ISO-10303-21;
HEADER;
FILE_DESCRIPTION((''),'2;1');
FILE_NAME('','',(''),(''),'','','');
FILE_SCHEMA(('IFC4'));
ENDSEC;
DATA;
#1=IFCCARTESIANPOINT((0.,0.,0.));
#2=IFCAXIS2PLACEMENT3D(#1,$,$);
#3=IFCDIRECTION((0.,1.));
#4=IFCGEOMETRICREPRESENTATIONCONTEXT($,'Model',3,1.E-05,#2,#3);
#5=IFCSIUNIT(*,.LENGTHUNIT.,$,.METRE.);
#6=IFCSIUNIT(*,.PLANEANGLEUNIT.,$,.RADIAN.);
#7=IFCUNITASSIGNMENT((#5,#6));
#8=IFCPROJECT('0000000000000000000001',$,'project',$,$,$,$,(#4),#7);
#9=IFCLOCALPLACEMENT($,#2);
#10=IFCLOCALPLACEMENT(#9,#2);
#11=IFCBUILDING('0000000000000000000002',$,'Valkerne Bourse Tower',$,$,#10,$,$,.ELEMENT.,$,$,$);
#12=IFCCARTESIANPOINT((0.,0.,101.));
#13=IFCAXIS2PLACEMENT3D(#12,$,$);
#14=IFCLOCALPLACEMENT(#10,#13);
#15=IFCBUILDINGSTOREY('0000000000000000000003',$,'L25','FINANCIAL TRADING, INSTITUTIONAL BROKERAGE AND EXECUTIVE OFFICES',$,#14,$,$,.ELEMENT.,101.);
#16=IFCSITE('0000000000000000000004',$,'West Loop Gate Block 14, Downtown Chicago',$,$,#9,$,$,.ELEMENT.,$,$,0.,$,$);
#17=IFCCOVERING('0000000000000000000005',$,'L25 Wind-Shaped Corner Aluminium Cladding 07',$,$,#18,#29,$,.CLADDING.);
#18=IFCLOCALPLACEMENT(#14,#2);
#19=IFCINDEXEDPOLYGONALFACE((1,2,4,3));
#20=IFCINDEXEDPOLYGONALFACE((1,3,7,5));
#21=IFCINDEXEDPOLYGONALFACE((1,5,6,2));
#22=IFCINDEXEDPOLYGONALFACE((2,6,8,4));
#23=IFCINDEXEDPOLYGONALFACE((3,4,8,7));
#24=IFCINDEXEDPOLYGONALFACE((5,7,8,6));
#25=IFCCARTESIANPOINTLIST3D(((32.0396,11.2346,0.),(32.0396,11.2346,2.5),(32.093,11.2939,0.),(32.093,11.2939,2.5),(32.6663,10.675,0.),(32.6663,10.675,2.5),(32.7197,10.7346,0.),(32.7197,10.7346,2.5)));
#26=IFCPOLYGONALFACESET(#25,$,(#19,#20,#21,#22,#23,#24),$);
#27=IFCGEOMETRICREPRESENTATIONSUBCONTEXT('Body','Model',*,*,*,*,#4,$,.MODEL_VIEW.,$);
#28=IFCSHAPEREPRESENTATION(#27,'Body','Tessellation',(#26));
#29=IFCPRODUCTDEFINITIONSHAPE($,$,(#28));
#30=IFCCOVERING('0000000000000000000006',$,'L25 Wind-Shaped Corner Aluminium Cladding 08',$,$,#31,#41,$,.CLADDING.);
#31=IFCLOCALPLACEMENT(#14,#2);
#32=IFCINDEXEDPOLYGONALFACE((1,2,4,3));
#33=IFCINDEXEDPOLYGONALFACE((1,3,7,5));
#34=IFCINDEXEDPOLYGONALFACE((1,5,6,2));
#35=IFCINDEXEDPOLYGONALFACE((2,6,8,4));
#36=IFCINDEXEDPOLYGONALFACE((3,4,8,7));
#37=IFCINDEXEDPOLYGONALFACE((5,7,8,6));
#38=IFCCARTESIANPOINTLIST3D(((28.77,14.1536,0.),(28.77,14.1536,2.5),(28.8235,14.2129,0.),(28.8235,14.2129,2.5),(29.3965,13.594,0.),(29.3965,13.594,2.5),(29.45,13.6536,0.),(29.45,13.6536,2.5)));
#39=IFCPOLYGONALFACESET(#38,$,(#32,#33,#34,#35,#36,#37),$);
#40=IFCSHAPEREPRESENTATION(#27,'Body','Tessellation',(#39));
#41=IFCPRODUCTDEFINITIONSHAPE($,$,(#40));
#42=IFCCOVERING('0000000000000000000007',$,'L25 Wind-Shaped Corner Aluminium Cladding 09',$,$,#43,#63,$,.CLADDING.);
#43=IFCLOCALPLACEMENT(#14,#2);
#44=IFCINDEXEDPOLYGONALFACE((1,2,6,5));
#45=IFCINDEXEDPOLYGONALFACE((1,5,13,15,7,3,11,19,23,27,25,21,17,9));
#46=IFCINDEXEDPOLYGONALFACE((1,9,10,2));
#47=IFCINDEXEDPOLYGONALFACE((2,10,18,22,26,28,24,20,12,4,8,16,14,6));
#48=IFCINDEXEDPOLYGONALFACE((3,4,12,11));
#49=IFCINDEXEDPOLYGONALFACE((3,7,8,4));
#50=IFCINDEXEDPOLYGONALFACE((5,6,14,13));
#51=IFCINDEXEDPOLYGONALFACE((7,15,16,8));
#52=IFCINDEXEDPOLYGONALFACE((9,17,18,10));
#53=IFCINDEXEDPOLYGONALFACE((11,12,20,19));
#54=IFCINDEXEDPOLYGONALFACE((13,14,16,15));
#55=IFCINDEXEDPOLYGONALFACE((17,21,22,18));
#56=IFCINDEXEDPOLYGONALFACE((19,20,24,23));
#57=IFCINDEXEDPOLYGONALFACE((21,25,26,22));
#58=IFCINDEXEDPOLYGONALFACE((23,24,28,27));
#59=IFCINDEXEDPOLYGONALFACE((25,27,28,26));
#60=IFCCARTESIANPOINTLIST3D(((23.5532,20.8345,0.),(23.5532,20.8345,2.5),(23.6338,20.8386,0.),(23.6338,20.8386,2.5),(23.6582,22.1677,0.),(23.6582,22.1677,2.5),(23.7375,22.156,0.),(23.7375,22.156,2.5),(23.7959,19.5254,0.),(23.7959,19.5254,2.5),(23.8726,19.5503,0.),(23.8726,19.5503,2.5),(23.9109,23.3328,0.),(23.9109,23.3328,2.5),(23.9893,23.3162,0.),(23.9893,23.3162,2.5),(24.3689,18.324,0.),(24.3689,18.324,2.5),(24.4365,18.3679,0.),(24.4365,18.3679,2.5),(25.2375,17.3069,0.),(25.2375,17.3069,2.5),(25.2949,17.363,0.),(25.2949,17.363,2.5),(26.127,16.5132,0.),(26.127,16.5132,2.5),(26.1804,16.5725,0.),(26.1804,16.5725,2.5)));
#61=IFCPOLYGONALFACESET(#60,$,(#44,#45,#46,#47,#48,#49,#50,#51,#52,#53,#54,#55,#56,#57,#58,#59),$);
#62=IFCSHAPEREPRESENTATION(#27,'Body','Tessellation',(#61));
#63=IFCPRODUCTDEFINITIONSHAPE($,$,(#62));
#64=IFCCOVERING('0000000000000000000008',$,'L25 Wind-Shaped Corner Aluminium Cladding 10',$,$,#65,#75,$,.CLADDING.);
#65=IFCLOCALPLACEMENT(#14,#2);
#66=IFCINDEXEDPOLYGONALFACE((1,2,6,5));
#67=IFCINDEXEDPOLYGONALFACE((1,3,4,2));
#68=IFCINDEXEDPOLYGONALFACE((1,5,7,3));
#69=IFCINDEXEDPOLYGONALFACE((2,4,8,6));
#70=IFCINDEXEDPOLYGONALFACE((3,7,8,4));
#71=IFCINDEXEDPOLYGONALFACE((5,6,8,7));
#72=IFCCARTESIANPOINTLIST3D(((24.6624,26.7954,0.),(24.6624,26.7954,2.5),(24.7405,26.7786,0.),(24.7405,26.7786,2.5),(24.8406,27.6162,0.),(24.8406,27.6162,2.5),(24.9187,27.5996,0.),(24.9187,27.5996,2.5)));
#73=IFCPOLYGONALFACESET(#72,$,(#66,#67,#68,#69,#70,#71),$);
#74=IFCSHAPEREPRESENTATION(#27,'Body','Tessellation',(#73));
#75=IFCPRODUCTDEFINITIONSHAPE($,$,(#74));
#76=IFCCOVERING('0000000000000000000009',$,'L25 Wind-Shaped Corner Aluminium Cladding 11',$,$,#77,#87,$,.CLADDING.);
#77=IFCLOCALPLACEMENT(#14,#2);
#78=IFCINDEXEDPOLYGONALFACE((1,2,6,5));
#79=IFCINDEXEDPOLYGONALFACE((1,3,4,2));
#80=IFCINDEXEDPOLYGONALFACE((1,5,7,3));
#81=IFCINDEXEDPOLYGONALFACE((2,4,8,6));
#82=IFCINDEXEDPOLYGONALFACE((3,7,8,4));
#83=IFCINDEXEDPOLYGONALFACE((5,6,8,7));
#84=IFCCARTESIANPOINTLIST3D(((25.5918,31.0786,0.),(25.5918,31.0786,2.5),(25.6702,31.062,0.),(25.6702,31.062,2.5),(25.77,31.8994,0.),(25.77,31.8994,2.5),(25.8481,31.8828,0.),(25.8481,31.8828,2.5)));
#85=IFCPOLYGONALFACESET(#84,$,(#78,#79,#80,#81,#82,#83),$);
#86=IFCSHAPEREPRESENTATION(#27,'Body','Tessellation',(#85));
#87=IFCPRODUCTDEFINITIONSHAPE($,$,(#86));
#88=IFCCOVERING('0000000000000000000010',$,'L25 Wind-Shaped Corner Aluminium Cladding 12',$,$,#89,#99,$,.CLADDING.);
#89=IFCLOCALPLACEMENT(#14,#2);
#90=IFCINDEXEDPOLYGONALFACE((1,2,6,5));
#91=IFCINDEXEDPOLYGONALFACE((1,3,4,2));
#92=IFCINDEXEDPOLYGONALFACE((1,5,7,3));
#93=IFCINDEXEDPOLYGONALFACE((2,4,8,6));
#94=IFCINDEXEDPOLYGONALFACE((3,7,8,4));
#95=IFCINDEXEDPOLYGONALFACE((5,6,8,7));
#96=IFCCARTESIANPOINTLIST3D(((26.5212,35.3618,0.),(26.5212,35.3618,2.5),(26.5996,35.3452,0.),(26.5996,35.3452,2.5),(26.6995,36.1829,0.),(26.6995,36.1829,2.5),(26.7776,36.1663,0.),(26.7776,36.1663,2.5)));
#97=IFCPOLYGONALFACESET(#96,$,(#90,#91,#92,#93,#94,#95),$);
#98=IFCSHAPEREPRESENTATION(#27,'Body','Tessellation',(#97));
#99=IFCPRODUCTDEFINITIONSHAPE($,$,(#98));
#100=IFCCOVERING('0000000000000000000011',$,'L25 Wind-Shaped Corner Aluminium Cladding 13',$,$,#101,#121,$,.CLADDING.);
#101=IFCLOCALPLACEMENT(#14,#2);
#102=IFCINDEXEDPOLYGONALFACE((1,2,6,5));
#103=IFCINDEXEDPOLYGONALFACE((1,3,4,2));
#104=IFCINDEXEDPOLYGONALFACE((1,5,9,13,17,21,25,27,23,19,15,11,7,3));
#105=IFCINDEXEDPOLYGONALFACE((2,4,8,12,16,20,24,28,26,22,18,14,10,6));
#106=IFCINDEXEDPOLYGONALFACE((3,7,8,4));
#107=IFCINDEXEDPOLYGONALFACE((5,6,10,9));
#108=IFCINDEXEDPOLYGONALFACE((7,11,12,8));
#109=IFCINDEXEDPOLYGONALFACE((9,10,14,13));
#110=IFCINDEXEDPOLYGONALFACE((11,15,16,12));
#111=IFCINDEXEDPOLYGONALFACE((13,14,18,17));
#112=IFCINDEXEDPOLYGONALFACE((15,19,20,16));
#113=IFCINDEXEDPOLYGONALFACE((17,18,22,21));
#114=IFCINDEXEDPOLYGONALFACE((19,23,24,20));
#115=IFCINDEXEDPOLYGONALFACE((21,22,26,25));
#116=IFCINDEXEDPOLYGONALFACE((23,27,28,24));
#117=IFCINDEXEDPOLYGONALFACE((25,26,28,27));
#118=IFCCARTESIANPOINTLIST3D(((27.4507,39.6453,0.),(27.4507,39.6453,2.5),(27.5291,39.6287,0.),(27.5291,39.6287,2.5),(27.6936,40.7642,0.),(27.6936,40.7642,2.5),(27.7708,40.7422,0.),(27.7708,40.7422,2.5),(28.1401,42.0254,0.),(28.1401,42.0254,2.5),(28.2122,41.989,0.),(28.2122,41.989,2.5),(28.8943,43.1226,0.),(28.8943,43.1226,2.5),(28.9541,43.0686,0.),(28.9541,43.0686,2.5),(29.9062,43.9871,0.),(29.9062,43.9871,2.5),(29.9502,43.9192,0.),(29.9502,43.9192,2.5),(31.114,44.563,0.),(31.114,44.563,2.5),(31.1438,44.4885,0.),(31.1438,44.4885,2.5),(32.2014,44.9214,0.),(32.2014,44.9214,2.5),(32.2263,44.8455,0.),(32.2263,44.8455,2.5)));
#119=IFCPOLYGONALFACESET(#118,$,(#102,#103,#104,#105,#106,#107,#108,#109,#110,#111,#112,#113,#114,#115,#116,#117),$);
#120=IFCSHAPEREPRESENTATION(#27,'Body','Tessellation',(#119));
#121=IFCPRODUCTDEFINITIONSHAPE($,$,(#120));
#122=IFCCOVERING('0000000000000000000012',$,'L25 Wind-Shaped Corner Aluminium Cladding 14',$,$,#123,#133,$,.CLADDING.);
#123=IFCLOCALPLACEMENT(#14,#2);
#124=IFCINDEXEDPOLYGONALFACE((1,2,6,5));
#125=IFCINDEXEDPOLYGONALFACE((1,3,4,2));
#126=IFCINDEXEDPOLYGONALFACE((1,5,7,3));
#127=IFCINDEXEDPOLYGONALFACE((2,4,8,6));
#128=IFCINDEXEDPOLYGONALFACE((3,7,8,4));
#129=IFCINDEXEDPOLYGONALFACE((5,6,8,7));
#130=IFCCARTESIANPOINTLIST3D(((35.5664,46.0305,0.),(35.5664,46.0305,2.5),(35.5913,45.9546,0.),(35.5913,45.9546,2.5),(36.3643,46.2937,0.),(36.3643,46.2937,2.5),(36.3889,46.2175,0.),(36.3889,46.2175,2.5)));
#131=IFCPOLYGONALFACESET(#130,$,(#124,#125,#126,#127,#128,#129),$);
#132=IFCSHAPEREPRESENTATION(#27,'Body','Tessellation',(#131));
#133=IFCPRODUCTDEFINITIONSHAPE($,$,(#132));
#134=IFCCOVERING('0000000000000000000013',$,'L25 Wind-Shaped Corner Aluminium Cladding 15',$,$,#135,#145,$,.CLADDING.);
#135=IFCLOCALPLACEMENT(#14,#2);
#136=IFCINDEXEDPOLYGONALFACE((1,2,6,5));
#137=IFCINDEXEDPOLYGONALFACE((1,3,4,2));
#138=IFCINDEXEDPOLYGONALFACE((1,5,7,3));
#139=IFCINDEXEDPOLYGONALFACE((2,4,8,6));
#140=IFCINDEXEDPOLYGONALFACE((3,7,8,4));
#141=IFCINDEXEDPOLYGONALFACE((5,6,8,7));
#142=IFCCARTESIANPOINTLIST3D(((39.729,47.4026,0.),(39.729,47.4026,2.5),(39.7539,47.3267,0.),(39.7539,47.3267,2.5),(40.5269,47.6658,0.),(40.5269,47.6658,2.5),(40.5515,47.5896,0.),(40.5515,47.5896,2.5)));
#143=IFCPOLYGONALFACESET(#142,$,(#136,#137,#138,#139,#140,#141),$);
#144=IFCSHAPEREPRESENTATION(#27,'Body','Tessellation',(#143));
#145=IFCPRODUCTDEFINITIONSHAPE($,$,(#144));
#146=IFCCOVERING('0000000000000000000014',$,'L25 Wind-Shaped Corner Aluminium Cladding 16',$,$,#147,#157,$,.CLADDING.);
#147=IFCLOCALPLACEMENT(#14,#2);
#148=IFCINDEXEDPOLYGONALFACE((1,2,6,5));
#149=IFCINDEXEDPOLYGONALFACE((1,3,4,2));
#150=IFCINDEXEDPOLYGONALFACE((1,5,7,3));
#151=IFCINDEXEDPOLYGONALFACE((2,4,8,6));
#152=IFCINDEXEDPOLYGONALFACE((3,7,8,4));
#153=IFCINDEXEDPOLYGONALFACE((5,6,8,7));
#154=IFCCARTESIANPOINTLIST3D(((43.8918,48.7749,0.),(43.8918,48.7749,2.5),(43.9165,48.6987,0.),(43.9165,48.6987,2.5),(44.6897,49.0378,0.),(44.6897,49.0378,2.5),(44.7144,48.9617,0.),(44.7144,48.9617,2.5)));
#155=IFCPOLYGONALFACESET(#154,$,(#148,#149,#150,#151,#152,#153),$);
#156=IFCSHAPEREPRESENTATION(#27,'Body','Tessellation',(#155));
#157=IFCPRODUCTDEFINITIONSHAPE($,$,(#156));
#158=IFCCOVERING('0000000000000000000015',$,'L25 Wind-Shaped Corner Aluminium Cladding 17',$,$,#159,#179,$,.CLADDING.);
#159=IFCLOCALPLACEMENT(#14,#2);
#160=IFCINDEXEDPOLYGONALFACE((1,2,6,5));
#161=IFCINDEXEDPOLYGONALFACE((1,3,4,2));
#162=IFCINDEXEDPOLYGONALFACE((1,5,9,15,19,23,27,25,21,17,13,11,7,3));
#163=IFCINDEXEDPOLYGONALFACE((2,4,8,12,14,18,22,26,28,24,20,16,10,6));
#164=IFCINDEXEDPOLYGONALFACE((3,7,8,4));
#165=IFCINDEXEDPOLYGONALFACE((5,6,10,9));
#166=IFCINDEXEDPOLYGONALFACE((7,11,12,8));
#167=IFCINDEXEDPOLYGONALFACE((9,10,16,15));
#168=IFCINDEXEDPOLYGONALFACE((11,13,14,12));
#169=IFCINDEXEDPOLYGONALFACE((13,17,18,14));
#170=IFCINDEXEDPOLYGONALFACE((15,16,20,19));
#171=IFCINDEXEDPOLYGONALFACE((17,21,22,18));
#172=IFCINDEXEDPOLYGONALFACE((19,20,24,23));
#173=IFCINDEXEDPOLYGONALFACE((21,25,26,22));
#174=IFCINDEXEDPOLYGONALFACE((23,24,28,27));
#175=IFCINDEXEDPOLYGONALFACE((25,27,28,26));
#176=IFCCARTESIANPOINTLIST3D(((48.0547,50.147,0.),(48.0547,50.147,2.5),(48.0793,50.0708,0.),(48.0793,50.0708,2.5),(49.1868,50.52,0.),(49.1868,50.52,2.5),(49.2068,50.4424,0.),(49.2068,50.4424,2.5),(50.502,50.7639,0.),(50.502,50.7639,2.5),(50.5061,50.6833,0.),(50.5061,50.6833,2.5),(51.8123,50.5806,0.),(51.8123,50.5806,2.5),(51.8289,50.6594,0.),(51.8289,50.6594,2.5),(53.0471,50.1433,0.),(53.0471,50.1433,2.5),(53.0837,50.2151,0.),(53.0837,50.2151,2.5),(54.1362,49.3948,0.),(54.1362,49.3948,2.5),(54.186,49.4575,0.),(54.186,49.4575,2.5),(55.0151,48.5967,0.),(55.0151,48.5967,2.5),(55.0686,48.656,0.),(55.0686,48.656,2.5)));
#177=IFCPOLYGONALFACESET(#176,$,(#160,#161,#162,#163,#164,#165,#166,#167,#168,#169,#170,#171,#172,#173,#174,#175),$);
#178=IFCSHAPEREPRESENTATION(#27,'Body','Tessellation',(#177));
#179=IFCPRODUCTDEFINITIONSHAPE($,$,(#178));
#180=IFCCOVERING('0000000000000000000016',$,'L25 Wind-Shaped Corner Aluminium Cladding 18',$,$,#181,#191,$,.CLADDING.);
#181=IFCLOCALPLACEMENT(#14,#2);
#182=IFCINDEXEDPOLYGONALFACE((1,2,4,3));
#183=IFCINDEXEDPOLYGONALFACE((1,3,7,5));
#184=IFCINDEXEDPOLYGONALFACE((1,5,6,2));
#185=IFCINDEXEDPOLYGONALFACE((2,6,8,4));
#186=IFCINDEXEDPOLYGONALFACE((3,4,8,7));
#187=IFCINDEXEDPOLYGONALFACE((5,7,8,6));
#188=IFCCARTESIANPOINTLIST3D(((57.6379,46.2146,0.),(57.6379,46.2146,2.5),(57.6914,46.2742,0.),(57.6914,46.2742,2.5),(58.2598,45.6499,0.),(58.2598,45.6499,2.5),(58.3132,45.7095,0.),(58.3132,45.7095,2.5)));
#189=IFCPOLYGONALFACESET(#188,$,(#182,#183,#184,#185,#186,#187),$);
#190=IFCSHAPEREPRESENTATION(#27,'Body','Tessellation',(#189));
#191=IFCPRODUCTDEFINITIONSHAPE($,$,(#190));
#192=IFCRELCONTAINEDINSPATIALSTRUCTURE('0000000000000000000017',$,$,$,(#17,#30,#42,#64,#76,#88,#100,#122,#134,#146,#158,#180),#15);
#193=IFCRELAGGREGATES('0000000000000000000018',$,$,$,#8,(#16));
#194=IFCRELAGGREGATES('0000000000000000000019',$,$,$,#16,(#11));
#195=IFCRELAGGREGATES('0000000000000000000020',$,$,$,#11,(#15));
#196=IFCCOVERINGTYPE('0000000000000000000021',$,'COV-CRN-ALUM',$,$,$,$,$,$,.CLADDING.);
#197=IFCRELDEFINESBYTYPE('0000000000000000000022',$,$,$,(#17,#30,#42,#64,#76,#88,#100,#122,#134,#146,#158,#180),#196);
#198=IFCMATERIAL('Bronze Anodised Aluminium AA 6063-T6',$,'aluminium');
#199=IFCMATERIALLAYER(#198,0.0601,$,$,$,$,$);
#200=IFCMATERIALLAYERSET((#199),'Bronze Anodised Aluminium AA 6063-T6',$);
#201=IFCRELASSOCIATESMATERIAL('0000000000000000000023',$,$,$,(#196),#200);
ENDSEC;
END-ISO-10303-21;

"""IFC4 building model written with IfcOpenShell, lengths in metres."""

from ifc_helpers import new_model, si_unit, direction, frame, origin, place, context, subcontext, project, spatial, polyline, outline, extrude, material, layer, layer_set, type_object, element, save


model = new_model("IFC4")

# Units and contexts
model_context = context("Model", 3, precision=1e-05, world=origin(), true_north=direction((0.0, 1.0)))
body_context = subcontext(model_context, "Body", "Model", "MODEL_VIEW")
ifc_project = project(units=[si_unit("LENGTHUNIT", "METRE"), si_unit("PLANEANGLEUNIT", "RADIAN")], contexts=[model_context])

# Site, building, storey
site_placement = place(None, origin())
site = spatial("IfcSite", under=ifc_project, at=site_placement, Name="West Loop Gate Block 14, Downtown Chicago", CompositionType="ELEMENT", RefElevation=0.0)
building_placement = place(site_placement, origin())
building = spatial("IfcBuilding", under=site, at=building_placement, Name="Valkerne Bourse Tower", CompositionType="ELEMENT")
storey_placement = place(building_placement, frame((0.0, 0.0, 101.0)))
storey = spatial("IfcBuildingStorey", under=building, at=storey_placement, Name="L25", Description="FINANCIAL TRADING, INSTITUTIONAL BROKERAGE AND EXECUTIVE OFFICES", CompositionType="ELEMENT", Elevation=101.0)

# Coverings
ifc_material_1 = material(Name="Bronze Anodised Aluminium AA 6063-T6", Category="aluminium")
ifc_layer_1 = layer(ifc_material_1, 0.0601)
ifc_layer_set_1 = layer_set([ifc_layer_1], Name="Bronze Anodised Aluminium AA 6063-T6")
covering_type = type_object("IfcCoveringType", Name="COV-CRN-ALUM", PredefinedType="CLADDING", material=ifc_layer_set_1)
covering_1_placement = place(storey_placement, origin())
element("IfcCovering", 1, at=covering_1_placement, inside=storey, type_object=covering_type, Name="L25 Wind-Shaped Corner Aluminium Cladding 07", PredefinedType="CLADDING", context=body_context, shape_type="SweptSolid", body=[
    extrude(outline(polyline([(32.0396, 11.2346), (32.093, 11.2939), (32.7197, 10.7346), (32.6663, 10.675), (32.0396, 11.2346)])), origin(), (0.0, 0.0, 1.0), 2.5),
])
covering_2_placement = place(storey_placement, origin())
element("IfcCovering", 2, at=covering_2_placement, inside=storey, type_object=covering_type, Name="L25 Wind-Shaped Corner Aluminium Cladding 08", PredefinedType="CLADDING", context=body_context, shape_type="SweptSolid", body=[
    extrude(outline(polyline([(28.77, 14.1536), (28.8235, 14.2129), (29.45, 13.6536), (29.3965, 13.594), (28.77, 14.1536)])), origin(), (0.0, 0.0, 1.0), 2.5),
])
covering_3_placement = place(storey_placement, origin())
element("IfcCovering", 3, at=covering_3_placement, inside=storey, type_object=covering_type, Name="L25 Wind-Shaped Corner Aluminium Cladding 09", PredefinedType="CLADDING", context=body_context, shape_type="SweptSolid", body=[
    extrude(outline(polyline([(25.2375, 17.3069), (24.3689, 18.324), (23.7959, 19.5254), (23.5532, 20.8345), (23.6582, 22.1677), (23.9109, 23.3328), (23.9893, 23.3162), (23.7375, 22.156), (23.6338, 20.8386), (23.8726, 19.5503), (24.4365, 18.3679), (25.2949, 17.363), (26.1804, 16.5725), (26.127, 16.5132), (25.2375, 17.3069)])), origin(), (0.0, 0.0, 1.0), 2.5),
])
covering_4_placement = place(storey_placement, origin())
element("IfcCovering", 4, at=covering_4_placement, inside=storey, type_object=covering_type, Name="L25 Wind-Shaped Corner Aluminium Cladding 10", PredefinedType="CLADDING", context=body_context, shape_type="SweptSolid", body=[
    extrude(outline(polyline([(24.8406, 27.6162), (24.9187, 27.5996), (24.7405, 26.7786), (24.6624, 26.7954), (24.8406, 27.6162)])), origin(), (0.0, 0.0, 1.0), 2.5),
])
covering_5_placement = place(storey_placement, origin())
element("IfcCovering", 5, at=covering_5_placement, inside=storey, type_object=covering_type, Name="L25 Wind-Shaped Corner Aluminium Cladding 11", PredefinedType="CLADDING", context=body_context, shape_type="SweptSolid", body=[
    extrude(outline(polyline([(25.77, 31.8994), (25.8481, 31.8828), (25.6702, 31.062), (25.5918, 31.0786), (25.77, 31.8994)])), origin(), (0.0, 0.0, 1.0), 2.5),
])
covering_6_placement = place(storey_placement, origin())
element("IfcCovering", 6, at=covering_6_placement, inside=storey, type_object=covering_type, Name="L25 Wind-Shaped Corner Aluminium Cladding 12", PredefinedType="CLADDING", context=body_context, shape_type="SweptSolid", body=[
    extrude(outline(polyline([(26.6995, 36.1829), (26.7776, 36.1663), (26.5996, 35.3452), (26.5212, 35.3618), (26.6995, 36.1829)])), origin(), (0.0, 0.0, 1.0), 2.5),
])
covering_7_placement = place(storey_placement, origin())
element("IfcCovering", 7, at=covering_7_placement, inside=storey, type_object=covering_type, Name="L25 Wind-Shaped Corner Aluminium Cladding 13", PredefinedType="CLADDING", context=body_context, shape_type="SweptSolid", body=[
    extrude(outline(polyline([(27.6936, 40.7642), (28.1401, 42.0254), (28.8943, 43.1226), (29.9062, 43.9871), (31.114, 44.563), (32.2014, 44.9214), (32.2263, 44.8455), (31.1438, 44.4885), (29.9502, 43.9192), (28.9541, 43.0686), (28.2122, 41.989), (27.7708, 40.7422), (27.5291, 39.6287), (27.4507, 39.6453), (27.6936, 40.7642)])), origin(), (0.0, 0.0, 1.0), 2.5),
])
covering_8_placement = place(storey_placement, origin())
element("IfcCovering", 8, at=covering_8_placement, inside=storey, type_object=covering_type, Name="L25 Wind-Shaped Corner Aluminium Cladding 14", PredefinedType="CLADDING", context=body_context, shape_type="SweptSolid", body=[
    extrude(outline(polyline([(36.3643, 46.2937), (36.3889, 46.2175), (35.5913, 45.9546), (35.5664, 46.0305), (36.3643, 46.2937)])), origin(), (0.0, 0.0, 1.0), 2.5),
])
covering_9_placement = place(storey_placement, origin())
element("IfcCovering", 9, at=covering_9_placement, inside=storey, type_object=covering_type, Name="L25 Wind-Shaped Corner Aluminium Cladding 15", PredefinedType="CLADDING", context=body_context, shape_type="SweptSolid", body=[
    extrude(outline(polyline([(40.5269, 47.6658), (40.5515, 47.5896), (39.7539, 47.3267), (39.729, 47.4026), (40.5269, 47.6658)])), origin(), (0.0, 0.0, 1.0), 2.5),
])
covering_10_placement = place(storey_placement, origin())
element("IfcCovering", 10, at=covering_10_placement, inside=storey, type_object=covering_type, Name="L25 Wind-Shaped Corner Aluminium Cladding 16", PredefinedType="CLADDING", context=body_context, shape_type="SweptSolid", body=[
    extrude(outline(polyline([(44.6897, 49.0378), (44.7144, 48.9617), (43.9165, 48.6987), (43.8918, 48.7749), (44.6897, 49.0378)])), origin(), (0.0, 0.0, 1.0), 2.5),
])
covering_11_placement = place(storey_placement, origin())
element("IfcCovering", 11, at=covering_11_placement, inside=storey, type_object=covering_type, Name="L25 Wind-Shaped Corner Aluminium Cladding 17", PredefinedType="CLADDING", context=body_context, shape_type="SweptSolid", body=[
    extrude(outline(polyline([(49.1868, 50.52), (50.502, 50.7639), (51.8289, 50.6594), (53.0837, 50.2151), (54.186, 49.4575), (55.0686, 48.656), (55.0151, 48.5967), (54.1362, 49.3948), (53.0471, 50.1433), (51.8123, 50.5806), (50.5061, 50.6833), (49.2068, 50.4424), (48.0793, 50.0708), (48.0547, 50.147), (49.1868, 50.52)])), origin(), (0.0, 0.0, 1.0), 2.5),
])
covering_12_placement = place(storey_placement, origin())
element("IfcCovering", 12, at=covering_12_placement, inside=storey, type_object=covering_type, Name="L25 Wind-Shaped Corner Aluminium Cladding 18", PredefinedType="CLADDING", context=body_context, shape_type="SweptSolid", body=[
    extrude(outline(polyline([(58.3132, 45.7095), (58.2598, 45.6499), (57.6379, 46.2146), (57.6914, 46.2742), (58.3132, 45.7095)])), origin(), (0.0, 0.0, 1.0), 2.5),
])

save(model, "model.ifc")
